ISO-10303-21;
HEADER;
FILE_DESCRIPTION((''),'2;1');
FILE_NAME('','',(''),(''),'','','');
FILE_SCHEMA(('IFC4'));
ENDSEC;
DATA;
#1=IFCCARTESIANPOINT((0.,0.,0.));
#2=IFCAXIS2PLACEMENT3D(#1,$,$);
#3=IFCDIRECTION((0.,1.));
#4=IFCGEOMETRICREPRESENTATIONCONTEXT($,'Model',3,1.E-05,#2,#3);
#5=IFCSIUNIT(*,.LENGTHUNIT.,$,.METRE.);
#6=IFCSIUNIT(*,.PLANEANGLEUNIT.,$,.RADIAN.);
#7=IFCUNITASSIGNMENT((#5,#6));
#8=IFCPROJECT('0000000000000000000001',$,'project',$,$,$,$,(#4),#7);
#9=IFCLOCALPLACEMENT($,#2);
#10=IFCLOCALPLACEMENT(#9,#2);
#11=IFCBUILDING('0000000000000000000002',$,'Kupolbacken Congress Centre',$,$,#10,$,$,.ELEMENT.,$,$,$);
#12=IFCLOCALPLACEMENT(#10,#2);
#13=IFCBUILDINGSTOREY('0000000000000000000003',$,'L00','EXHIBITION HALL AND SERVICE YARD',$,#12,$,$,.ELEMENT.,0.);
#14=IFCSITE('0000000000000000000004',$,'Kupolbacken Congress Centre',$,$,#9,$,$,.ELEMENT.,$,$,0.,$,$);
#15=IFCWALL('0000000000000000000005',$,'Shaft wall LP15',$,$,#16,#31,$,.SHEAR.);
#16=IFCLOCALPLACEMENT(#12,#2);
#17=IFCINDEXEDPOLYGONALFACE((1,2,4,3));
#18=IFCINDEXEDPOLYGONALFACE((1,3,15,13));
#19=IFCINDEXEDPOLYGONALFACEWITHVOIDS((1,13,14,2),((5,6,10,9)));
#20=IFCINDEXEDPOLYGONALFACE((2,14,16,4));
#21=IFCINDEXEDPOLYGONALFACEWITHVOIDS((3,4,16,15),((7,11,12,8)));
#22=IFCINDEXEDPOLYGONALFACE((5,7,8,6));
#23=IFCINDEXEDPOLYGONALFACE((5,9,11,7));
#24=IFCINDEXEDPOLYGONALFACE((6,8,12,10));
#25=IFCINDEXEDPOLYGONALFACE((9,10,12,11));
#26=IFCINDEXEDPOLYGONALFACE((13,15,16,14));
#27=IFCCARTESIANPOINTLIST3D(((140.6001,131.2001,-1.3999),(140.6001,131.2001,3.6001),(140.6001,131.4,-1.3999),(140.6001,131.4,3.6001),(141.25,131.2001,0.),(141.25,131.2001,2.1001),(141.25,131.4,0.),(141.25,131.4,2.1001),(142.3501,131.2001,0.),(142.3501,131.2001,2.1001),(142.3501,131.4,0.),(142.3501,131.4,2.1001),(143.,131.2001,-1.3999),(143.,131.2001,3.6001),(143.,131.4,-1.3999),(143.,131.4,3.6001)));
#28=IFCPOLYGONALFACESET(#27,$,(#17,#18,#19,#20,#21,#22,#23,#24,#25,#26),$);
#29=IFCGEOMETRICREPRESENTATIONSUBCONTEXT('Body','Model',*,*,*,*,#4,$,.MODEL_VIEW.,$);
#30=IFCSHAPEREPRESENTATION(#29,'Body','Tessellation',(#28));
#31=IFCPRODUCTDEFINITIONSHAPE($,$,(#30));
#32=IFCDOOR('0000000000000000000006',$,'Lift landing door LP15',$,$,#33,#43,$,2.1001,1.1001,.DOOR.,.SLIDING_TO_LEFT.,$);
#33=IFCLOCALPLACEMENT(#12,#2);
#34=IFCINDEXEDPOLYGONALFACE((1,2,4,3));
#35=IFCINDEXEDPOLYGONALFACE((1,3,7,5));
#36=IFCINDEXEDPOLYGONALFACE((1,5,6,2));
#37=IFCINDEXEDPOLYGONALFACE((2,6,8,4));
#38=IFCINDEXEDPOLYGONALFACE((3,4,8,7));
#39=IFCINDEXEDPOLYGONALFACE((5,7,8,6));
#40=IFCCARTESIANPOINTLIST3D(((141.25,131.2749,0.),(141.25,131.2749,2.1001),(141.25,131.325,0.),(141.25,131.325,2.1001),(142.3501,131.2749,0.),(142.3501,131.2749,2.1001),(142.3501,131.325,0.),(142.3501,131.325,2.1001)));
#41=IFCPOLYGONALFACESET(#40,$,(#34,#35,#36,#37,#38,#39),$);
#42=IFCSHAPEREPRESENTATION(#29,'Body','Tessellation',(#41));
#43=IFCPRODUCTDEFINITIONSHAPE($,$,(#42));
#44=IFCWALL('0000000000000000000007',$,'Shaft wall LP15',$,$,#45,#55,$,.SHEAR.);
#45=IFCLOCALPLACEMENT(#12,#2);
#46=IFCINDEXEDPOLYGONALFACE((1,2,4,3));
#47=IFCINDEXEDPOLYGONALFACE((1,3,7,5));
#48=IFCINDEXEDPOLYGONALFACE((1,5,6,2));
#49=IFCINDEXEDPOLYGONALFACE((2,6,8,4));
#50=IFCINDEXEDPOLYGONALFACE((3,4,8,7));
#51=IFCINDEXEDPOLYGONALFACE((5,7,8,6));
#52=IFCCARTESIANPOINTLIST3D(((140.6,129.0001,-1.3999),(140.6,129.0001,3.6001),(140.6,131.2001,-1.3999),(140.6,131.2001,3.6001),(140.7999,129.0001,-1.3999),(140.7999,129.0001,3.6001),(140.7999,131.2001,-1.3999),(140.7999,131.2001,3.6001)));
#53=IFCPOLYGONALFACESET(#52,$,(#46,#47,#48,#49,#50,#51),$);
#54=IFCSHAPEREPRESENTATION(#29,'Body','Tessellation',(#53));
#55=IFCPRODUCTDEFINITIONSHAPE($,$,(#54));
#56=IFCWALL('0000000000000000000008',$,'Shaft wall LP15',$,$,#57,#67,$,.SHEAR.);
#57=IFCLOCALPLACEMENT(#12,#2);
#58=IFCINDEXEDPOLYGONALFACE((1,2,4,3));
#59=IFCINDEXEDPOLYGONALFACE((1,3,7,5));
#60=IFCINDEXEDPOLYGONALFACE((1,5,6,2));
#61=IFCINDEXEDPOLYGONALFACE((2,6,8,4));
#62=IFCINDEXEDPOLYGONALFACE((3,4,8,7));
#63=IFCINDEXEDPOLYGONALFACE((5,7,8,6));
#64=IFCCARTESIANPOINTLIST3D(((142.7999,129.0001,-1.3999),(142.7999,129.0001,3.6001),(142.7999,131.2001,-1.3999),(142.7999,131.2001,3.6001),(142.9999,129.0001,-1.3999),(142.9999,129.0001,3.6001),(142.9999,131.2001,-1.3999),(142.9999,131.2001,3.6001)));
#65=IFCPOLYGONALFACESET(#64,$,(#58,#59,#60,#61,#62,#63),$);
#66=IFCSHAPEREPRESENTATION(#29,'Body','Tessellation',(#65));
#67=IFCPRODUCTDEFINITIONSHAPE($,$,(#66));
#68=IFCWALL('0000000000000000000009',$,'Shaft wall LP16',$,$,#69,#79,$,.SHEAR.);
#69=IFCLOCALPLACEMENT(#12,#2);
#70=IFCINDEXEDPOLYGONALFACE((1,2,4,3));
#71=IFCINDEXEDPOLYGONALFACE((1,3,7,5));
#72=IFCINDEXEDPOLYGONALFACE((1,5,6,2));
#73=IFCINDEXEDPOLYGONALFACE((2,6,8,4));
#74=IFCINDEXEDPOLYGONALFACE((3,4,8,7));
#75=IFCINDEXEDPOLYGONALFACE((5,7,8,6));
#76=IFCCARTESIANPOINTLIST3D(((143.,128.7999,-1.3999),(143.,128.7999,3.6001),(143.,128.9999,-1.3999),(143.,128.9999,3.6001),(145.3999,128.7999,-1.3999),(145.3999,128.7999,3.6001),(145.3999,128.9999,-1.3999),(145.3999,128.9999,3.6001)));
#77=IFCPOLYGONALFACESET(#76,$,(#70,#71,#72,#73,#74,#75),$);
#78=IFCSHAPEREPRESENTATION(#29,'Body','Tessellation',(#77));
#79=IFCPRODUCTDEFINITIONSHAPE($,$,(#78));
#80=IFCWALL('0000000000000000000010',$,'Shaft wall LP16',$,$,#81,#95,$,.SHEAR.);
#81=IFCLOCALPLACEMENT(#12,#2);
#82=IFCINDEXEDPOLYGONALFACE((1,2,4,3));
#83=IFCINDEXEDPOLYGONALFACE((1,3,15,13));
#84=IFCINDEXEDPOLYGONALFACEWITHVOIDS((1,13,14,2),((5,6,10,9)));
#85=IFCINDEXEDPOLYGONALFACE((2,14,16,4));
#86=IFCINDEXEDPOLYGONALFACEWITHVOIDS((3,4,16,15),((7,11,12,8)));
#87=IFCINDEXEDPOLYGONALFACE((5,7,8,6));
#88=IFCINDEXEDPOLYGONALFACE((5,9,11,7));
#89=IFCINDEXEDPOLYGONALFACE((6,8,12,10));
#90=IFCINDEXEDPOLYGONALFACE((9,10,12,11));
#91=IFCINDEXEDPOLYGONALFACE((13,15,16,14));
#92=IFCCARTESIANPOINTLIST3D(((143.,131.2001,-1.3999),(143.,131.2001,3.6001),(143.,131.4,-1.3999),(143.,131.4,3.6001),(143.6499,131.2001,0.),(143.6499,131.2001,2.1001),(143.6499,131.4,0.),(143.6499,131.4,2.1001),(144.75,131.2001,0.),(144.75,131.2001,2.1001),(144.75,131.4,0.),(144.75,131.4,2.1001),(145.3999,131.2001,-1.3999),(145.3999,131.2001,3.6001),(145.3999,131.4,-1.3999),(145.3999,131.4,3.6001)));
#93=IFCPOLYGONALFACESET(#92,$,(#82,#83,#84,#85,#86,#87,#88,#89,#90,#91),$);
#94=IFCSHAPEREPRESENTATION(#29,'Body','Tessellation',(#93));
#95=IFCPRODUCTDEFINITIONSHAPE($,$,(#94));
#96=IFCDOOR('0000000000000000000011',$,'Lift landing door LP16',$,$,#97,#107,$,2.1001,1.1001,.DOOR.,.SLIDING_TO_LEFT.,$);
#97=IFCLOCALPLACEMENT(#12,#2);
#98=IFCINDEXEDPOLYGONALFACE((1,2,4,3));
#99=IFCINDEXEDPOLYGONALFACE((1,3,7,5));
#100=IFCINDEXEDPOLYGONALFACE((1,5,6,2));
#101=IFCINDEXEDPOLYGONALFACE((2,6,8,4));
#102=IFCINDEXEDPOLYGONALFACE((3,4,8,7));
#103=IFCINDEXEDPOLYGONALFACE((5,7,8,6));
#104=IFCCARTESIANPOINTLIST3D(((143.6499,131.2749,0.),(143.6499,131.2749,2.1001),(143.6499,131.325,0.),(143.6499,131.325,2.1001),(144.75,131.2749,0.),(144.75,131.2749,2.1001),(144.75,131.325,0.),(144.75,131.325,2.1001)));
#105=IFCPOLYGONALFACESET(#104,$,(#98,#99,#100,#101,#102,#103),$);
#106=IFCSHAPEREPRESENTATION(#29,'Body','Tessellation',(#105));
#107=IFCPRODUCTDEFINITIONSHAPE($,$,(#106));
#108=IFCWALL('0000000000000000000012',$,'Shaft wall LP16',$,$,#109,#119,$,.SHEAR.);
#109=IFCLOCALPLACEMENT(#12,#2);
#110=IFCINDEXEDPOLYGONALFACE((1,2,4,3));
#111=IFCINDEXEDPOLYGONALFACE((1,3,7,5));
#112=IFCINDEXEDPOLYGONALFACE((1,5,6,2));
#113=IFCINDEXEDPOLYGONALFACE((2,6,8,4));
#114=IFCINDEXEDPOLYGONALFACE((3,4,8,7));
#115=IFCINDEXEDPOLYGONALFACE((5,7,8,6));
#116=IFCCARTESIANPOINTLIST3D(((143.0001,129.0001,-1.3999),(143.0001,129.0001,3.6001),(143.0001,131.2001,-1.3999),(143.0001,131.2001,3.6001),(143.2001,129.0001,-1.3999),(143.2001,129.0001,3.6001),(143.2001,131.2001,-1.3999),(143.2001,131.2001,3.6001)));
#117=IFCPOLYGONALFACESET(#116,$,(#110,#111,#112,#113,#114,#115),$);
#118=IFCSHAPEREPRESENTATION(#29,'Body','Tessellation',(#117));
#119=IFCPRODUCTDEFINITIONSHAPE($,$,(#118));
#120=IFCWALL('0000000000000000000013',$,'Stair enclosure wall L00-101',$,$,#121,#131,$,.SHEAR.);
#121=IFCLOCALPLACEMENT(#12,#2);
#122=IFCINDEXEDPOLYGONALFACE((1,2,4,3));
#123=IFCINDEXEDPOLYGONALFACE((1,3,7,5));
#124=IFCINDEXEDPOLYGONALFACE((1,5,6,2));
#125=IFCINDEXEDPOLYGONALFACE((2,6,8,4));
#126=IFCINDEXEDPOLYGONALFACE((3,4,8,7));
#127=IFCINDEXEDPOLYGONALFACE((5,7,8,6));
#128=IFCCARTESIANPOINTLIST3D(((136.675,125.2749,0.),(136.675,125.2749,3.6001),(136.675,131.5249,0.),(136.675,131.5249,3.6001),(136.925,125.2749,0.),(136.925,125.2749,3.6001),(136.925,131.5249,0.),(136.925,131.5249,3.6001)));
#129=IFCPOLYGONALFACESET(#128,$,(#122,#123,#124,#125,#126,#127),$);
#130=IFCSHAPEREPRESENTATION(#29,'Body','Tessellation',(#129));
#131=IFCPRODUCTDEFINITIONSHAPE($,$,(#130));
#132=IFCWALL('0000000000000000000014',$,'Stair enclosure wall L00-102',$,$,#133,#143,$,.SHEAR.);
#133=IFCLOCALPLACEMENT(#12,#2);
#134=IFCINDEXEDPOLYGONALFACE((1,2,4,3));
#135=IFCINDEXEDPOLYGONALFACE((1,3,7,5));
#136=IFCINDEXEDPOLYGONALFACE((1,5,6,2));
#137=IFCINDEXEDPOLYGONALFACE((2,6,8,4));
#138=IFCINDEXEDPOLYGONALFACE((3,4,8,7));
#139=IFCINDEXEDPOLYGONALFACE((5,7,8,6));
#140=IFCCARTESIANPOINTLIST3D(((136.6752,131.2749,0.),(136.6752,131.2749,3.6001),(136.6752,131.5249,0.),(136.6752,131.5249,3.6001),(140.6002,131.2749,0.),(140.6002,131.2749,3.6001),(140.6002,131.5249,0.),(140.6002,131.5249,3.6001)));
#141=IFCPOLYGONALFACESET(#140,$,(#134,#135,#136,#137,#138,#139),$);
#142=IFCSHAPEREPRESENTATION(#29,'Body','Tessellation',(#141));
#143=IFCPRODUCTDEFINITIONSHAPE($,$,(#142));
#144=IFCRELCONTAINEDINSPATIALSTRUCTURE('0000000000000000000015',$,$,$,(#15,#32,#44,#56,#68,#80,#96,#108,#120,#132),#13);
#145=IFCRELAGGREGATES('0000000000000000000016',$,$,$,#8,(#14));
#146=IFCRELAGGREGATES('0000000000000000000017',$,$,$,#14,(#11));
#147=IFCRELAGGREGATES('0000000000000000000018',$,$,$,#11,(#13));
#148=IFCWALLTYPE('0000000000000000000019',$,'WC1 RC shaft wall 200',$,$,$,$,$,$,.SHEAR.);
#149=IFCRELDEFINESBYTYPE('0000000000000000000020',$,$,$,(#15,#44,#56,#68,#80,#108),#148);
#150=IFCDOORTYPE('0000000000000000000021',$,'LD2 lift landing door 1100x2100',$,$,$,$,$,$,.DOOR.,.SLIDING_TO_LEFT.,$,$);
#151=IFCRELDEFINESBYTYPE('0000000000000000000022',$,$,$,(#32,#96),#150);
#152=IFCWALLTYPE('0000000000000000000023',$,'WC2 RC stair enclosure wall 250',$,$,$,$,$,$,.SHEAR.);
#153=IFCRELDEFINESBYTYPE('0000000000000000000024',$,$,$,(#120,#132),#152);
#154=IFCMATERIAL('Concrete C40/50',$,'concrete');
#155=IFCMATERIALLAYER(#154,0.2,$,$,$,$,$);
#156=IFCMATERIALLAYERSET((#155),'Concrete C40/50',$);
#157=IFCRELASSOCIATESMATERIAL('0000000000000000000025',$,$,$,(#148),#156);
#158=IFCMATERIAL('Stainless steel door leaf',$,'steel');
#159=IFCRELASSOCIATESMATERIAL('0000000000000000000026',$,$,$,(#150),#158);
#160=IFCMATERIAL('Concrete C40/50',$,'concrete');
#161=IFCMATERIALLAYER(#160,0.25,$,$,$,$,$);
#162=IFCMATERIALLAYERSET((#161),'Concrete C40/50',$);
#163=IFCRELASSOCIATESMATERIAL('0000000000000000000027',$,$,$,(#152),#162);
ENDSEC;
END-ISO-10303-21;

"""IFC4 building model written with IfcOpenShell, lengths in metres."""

from ifc_helpers import new_model, si_unit, direction, frame, frame_2d, origin, place, context, subcontext, project, spatial, rectangle, extrude, material, layer, layer_set, type_object, element, fill, save


model = new_model("IFC4")

# Units and contexts
model_context = context("Model", 3, precision=1e-05, world=origin(), true_north=direction((0.0, 1.0)))
body_context = subcontext(model_context, "Body", "Model", "MODEL_VIEW")
ifc_project = project(units=[si_unit("LENGTHUNIT", "METRE"), si_unit("PLANEANGLEUNIT", "RADIAN")], contexts=[model_context])

# Site, building, storey
site_placement = place(None, origin())
site = spatial("IfcSite", under=ifc_project, at=site_placement, Name="Kupolbacken Congress Centre", CompositionType="ELEMENT", RefElevation=0.0)
building_placement = place(site_placement, origin())
building = spatial("IfcBuilding", under=site, at=building_placement, Name="Kupolbacken Congress Centre", CompositionType="ELEMENT")
storey_placement = place(building_placement, origin())
storey = spatial("IfcBuildingStorey", under=building, at=storey_placement, Name="L00", Description="EXHIBITION HALL AND SERVICE YARD", CompositionType="ELEMENT", Elevation=0.0)

# Wall, opening, door
ifc_material_1 = material(Name="Concrete C40/50", Category="concrete")
ifc_layer_1 = layer(ifc_material_1, 0.2)
ifc_layer_set_1 = layer_set([ifc_layer_1], Name="Concrete C40/50")
wall_type_1 = type_object("IfcWallType", Name="WC1 RC shaft wall 200", PredefinedType="SHEAR", material=ifc_layer_set_1)
wall_1_placement = place(storey_placement, frame((140.6001, 131.3, -1.3999), z_axis=(0.0, 0.0, 1.0), x_axis=(1.0, 0.0, 0.0)))
wall_1 = element("IfcWall", 1, at=wall_1_placement, inside=storey, type_object=wall_type_1, Name="Shaft wall LP15", PredefinedType="SHEAR", context=body_context, shape_type="SweptSolid", body=[
    extrude(rectangle(XDim=2.3999, YDim=0.2, at=frame_2d((1.2, 0.0))), origin(), (0.0, 0.0, 1.0), 5.0),
])
opening_1_placement = place(wall_1_placement, frame((0.6499, 0.0, 1.3999)))
opening_1 = element("IfcOpeningElement", 2, at=opening_1_placement, cuts=wall_1, PredefinedType="OPENING", context=body_context, shape_type="SweptSolid", body=[
    extrude(rectangle(XDim=1.1001, YDim=2.1001, at=frame_2d((0.55, 1.05))), frame((0.0, 0.1099, 0.0), z_axis=(0.0, -1.0, 0.0), x_axis=(1.0, 0.0, 0.0)), (0.0, 0.0, 1.0), 0.22),
])
ifc_material_2 = material(Name="Stainless steel door leaf", Category="steel")
door_type = type_object("IfcDoorType", Name="LD2 lift landing door 1100x2100", OperationType="SLIDING_TO_LEFT", PredefinedType="DOOR", material=ifc_material_2)
door_1_placement = place(opening_1_placement, origin())
door_1 = element("IfcDoor", 3, at=door_1_placement, inside=storey, type_object=door_type, Name="Lift landing door LP15", OperationType="SLIDING_TO_LEFT", OverallHeight=2.1001, OverallWidth=1.1001, PredefinedType="DOOR", context=body_context, shape_type="SweptSolid", body=[
    extrude(rectangle(XDim=1.1001, YDim=2.1001, at=frame_2d((0.55, 1.05))), frame((0.0, 0.0249, 0.0), z_axis=(0.0, -1.0, 0.0), x_axis=(1.0, 0.0, 0.0)), (0.0, 0.0, 1.0), 0.05),
])
fill(opening_1, door_1)

# Walls
for number, where, z_axis, x_axis, name in (
    (4, (140.7, 129.0, -1.3999), (0.0, 0.0, 1.0), (0.0, 1.0, 0.0), "Shaft wall LP15"),
    (5, (142.8999, 129.0, -1.3999), (0.0, 0.0, 1.0), (0.0, 1.0, 0.0), "Shaft wall LP15"),
):
    element("IfcWall", number, at=place(storey_placement, frame(where, z_axis=z_axis, x_axis=x_axis)), inside=storey, type_object=wall_type_1, Name=name, PredefinedType="SHEAR", context=body_context, shape_type="SweptSolid", body=[
        extrude(rectangle(XDim=2.2, YDim=0.2, at=frame_2d((1.1001, 0.0))), origin(), (0.0, 0.0, 1.0), 5.0),
    ])
wall_2_placement = place(storey_placement, frame((143.0, 128.8999, -1.3999), z_axis=(0.0, 0.0, 1.0), x_axis=(1.0, 0.0, 0.0)))
element("IfcWall", 6, at=wall_2_placement, inside=storey, type_object=wall_type_1, Name="Shaft wall LP16", PredefinedType="SHEAR", context=body_context, shape_type="SweptSolid", body=[
    extrude(rectangle(XDim=2.3999, YDim=0.2, at=frame_2d((1.2, 0.0))), origin(), (0.0, 0.0, 1.0), 5.0),
])

# Wall, opening, door
wall_3_placement = place(storey_placement, frame((143.0, 131.3, -1.3999), z_axis=(0.0, 0.0, 1.0), x_axis=(1.0, 0.0, 0.0)))
wall_3 = element("IfcWall", 7, at=wall_3_placement, inside=storey, type_object=wall_type_1, Name="Shaft wall LP16", PredefinedType="SHEAR", context=body_context, shape_type="SweptSolid", body=[
    extrude(rectangle(XDim=2.3999, YDim=0.2, at=frame_2d((1.2, 0.0))), origin(), (0.0, 0.0, 1.0), 5.0),
])
opening_2_placement = place(wall_3_placement, frame((0.6499, 0.0, 1.3999)))
opening_2 = element("IfcOpeningElement", 8, at=opening_2_placement, cuts=wall_3, PredefinedType="OPENING", context=body_context, shape_type="SweptSolid", body=[
    extrude(rectangle(XDim=1.1001, YDim=2.1001, at=frame_2d((0.55, 1.05))), frame((0.0, 0.1099, 0.0), z_axis=(0.0, -1.0, 0.0), x_axis=(1.0, 0.0, 0.0)), (0.0, 0.0, 1.0), 0.22),
])
door_2_placement = place(opening_2_placement, origin())
door_2 = element("IfcDoor", 9, at=door_2_placement, inside=storey, type_object=door_type, Name="Lift landing door LP16", OperationType="SLIDING_TO_LEFT", OverallHeight=2.1001, OverallWidth=1.1001, PredefinedType="DOOR", context=body_context, shape_type="SweptSolid", body=[
    extrude(rectangle(XDim=1.1001, YDim=2.1001, at=frame_2d((0.55, 1.05))), frame((0.0, 0.0249, 0.0), z_axis=(0.0, -1.0, 0.0), x_axis=(1.0, 0.0, 0.0)), (0.0, 0.0, 1.0), 0.05),
])
fill(opening_2, door_2)

# Walls
wall_4_placement = place(storey_placement, frame((143.1001, 129.0, -1.3999), z_axis=(0.0, 0.0, 1.0), x_axis=(0.0, 1.0, 0.0)))
element("IfcWall", 10, at=wall_4_placement, inside=storey, type_object=wall_type_1, Name="Shaft wall LP16", PredefinedType="SHEAR", context=body_context, shape_type="SweptSolid", body=[
    extrude(rectangle(XDim=2.2, YDim=0.2, at=frame_2d((1.1001, 0.0))), origin(), (0.0, 0.0, 1.0), 5.0),
])
ifc_material_3 = material(Name="Concrete C40/50", Category="concrete")
ifc_layer_2 = layer(ifc_material_3, 0.25)
ifc_layer_set_2 = layer_set([ifc_layer_2], Name="Concrete C40/50")
wall_type_2 = type_object("IfcWallType", Name="WC2 RC stair enclosure wall 250", PredefinedType="SHEAR", material=ifc_layer_set_2)
wall_5_placement = place(storey_placement, frame((136.8, 131.5249, 0.0), z_axis=(0.0, 0.0, 1.0), x_axis=(0.0, -1.0, 0.0)))
element("IfcWall", 11, at=wall_5_placement, inside=storey, type_object=wall_type_2, Name="Stair enclosure wall L00-101", PredefinedType="SHEAR", context=body_context, shape_type="SweptSolid", body=[
    extrude(rectangle(XDim=6.25, YDim=0.25, at=frame_2d((3.125, 0.0))), origin(), (0.0, 0.0, 1.0), 3.6001),
])
wall_6_placement = place(storey_placement, frame((140.6001, 131.3999, 0.0), z_axis=(0.0, 0.0, 1.0), x_axis=(-1.0, 0.0, 0.0)))
element("IfcWall", 12, at=wall_6_placement, inside=storey, type_object=wall_type_2, Name="Stair enclosure wall L00-102", PredefinedType="SHEAR", context=body_context, shape_type="SweptSolid", body=[
    extrude(rectangle(XDim=3.925, YDim=0.25, at=frame_2d((1.9624, 0.0))), origin(), (0.0, 0.0, 1.0), 3.6001),
])

save(model, "model.ifc")
